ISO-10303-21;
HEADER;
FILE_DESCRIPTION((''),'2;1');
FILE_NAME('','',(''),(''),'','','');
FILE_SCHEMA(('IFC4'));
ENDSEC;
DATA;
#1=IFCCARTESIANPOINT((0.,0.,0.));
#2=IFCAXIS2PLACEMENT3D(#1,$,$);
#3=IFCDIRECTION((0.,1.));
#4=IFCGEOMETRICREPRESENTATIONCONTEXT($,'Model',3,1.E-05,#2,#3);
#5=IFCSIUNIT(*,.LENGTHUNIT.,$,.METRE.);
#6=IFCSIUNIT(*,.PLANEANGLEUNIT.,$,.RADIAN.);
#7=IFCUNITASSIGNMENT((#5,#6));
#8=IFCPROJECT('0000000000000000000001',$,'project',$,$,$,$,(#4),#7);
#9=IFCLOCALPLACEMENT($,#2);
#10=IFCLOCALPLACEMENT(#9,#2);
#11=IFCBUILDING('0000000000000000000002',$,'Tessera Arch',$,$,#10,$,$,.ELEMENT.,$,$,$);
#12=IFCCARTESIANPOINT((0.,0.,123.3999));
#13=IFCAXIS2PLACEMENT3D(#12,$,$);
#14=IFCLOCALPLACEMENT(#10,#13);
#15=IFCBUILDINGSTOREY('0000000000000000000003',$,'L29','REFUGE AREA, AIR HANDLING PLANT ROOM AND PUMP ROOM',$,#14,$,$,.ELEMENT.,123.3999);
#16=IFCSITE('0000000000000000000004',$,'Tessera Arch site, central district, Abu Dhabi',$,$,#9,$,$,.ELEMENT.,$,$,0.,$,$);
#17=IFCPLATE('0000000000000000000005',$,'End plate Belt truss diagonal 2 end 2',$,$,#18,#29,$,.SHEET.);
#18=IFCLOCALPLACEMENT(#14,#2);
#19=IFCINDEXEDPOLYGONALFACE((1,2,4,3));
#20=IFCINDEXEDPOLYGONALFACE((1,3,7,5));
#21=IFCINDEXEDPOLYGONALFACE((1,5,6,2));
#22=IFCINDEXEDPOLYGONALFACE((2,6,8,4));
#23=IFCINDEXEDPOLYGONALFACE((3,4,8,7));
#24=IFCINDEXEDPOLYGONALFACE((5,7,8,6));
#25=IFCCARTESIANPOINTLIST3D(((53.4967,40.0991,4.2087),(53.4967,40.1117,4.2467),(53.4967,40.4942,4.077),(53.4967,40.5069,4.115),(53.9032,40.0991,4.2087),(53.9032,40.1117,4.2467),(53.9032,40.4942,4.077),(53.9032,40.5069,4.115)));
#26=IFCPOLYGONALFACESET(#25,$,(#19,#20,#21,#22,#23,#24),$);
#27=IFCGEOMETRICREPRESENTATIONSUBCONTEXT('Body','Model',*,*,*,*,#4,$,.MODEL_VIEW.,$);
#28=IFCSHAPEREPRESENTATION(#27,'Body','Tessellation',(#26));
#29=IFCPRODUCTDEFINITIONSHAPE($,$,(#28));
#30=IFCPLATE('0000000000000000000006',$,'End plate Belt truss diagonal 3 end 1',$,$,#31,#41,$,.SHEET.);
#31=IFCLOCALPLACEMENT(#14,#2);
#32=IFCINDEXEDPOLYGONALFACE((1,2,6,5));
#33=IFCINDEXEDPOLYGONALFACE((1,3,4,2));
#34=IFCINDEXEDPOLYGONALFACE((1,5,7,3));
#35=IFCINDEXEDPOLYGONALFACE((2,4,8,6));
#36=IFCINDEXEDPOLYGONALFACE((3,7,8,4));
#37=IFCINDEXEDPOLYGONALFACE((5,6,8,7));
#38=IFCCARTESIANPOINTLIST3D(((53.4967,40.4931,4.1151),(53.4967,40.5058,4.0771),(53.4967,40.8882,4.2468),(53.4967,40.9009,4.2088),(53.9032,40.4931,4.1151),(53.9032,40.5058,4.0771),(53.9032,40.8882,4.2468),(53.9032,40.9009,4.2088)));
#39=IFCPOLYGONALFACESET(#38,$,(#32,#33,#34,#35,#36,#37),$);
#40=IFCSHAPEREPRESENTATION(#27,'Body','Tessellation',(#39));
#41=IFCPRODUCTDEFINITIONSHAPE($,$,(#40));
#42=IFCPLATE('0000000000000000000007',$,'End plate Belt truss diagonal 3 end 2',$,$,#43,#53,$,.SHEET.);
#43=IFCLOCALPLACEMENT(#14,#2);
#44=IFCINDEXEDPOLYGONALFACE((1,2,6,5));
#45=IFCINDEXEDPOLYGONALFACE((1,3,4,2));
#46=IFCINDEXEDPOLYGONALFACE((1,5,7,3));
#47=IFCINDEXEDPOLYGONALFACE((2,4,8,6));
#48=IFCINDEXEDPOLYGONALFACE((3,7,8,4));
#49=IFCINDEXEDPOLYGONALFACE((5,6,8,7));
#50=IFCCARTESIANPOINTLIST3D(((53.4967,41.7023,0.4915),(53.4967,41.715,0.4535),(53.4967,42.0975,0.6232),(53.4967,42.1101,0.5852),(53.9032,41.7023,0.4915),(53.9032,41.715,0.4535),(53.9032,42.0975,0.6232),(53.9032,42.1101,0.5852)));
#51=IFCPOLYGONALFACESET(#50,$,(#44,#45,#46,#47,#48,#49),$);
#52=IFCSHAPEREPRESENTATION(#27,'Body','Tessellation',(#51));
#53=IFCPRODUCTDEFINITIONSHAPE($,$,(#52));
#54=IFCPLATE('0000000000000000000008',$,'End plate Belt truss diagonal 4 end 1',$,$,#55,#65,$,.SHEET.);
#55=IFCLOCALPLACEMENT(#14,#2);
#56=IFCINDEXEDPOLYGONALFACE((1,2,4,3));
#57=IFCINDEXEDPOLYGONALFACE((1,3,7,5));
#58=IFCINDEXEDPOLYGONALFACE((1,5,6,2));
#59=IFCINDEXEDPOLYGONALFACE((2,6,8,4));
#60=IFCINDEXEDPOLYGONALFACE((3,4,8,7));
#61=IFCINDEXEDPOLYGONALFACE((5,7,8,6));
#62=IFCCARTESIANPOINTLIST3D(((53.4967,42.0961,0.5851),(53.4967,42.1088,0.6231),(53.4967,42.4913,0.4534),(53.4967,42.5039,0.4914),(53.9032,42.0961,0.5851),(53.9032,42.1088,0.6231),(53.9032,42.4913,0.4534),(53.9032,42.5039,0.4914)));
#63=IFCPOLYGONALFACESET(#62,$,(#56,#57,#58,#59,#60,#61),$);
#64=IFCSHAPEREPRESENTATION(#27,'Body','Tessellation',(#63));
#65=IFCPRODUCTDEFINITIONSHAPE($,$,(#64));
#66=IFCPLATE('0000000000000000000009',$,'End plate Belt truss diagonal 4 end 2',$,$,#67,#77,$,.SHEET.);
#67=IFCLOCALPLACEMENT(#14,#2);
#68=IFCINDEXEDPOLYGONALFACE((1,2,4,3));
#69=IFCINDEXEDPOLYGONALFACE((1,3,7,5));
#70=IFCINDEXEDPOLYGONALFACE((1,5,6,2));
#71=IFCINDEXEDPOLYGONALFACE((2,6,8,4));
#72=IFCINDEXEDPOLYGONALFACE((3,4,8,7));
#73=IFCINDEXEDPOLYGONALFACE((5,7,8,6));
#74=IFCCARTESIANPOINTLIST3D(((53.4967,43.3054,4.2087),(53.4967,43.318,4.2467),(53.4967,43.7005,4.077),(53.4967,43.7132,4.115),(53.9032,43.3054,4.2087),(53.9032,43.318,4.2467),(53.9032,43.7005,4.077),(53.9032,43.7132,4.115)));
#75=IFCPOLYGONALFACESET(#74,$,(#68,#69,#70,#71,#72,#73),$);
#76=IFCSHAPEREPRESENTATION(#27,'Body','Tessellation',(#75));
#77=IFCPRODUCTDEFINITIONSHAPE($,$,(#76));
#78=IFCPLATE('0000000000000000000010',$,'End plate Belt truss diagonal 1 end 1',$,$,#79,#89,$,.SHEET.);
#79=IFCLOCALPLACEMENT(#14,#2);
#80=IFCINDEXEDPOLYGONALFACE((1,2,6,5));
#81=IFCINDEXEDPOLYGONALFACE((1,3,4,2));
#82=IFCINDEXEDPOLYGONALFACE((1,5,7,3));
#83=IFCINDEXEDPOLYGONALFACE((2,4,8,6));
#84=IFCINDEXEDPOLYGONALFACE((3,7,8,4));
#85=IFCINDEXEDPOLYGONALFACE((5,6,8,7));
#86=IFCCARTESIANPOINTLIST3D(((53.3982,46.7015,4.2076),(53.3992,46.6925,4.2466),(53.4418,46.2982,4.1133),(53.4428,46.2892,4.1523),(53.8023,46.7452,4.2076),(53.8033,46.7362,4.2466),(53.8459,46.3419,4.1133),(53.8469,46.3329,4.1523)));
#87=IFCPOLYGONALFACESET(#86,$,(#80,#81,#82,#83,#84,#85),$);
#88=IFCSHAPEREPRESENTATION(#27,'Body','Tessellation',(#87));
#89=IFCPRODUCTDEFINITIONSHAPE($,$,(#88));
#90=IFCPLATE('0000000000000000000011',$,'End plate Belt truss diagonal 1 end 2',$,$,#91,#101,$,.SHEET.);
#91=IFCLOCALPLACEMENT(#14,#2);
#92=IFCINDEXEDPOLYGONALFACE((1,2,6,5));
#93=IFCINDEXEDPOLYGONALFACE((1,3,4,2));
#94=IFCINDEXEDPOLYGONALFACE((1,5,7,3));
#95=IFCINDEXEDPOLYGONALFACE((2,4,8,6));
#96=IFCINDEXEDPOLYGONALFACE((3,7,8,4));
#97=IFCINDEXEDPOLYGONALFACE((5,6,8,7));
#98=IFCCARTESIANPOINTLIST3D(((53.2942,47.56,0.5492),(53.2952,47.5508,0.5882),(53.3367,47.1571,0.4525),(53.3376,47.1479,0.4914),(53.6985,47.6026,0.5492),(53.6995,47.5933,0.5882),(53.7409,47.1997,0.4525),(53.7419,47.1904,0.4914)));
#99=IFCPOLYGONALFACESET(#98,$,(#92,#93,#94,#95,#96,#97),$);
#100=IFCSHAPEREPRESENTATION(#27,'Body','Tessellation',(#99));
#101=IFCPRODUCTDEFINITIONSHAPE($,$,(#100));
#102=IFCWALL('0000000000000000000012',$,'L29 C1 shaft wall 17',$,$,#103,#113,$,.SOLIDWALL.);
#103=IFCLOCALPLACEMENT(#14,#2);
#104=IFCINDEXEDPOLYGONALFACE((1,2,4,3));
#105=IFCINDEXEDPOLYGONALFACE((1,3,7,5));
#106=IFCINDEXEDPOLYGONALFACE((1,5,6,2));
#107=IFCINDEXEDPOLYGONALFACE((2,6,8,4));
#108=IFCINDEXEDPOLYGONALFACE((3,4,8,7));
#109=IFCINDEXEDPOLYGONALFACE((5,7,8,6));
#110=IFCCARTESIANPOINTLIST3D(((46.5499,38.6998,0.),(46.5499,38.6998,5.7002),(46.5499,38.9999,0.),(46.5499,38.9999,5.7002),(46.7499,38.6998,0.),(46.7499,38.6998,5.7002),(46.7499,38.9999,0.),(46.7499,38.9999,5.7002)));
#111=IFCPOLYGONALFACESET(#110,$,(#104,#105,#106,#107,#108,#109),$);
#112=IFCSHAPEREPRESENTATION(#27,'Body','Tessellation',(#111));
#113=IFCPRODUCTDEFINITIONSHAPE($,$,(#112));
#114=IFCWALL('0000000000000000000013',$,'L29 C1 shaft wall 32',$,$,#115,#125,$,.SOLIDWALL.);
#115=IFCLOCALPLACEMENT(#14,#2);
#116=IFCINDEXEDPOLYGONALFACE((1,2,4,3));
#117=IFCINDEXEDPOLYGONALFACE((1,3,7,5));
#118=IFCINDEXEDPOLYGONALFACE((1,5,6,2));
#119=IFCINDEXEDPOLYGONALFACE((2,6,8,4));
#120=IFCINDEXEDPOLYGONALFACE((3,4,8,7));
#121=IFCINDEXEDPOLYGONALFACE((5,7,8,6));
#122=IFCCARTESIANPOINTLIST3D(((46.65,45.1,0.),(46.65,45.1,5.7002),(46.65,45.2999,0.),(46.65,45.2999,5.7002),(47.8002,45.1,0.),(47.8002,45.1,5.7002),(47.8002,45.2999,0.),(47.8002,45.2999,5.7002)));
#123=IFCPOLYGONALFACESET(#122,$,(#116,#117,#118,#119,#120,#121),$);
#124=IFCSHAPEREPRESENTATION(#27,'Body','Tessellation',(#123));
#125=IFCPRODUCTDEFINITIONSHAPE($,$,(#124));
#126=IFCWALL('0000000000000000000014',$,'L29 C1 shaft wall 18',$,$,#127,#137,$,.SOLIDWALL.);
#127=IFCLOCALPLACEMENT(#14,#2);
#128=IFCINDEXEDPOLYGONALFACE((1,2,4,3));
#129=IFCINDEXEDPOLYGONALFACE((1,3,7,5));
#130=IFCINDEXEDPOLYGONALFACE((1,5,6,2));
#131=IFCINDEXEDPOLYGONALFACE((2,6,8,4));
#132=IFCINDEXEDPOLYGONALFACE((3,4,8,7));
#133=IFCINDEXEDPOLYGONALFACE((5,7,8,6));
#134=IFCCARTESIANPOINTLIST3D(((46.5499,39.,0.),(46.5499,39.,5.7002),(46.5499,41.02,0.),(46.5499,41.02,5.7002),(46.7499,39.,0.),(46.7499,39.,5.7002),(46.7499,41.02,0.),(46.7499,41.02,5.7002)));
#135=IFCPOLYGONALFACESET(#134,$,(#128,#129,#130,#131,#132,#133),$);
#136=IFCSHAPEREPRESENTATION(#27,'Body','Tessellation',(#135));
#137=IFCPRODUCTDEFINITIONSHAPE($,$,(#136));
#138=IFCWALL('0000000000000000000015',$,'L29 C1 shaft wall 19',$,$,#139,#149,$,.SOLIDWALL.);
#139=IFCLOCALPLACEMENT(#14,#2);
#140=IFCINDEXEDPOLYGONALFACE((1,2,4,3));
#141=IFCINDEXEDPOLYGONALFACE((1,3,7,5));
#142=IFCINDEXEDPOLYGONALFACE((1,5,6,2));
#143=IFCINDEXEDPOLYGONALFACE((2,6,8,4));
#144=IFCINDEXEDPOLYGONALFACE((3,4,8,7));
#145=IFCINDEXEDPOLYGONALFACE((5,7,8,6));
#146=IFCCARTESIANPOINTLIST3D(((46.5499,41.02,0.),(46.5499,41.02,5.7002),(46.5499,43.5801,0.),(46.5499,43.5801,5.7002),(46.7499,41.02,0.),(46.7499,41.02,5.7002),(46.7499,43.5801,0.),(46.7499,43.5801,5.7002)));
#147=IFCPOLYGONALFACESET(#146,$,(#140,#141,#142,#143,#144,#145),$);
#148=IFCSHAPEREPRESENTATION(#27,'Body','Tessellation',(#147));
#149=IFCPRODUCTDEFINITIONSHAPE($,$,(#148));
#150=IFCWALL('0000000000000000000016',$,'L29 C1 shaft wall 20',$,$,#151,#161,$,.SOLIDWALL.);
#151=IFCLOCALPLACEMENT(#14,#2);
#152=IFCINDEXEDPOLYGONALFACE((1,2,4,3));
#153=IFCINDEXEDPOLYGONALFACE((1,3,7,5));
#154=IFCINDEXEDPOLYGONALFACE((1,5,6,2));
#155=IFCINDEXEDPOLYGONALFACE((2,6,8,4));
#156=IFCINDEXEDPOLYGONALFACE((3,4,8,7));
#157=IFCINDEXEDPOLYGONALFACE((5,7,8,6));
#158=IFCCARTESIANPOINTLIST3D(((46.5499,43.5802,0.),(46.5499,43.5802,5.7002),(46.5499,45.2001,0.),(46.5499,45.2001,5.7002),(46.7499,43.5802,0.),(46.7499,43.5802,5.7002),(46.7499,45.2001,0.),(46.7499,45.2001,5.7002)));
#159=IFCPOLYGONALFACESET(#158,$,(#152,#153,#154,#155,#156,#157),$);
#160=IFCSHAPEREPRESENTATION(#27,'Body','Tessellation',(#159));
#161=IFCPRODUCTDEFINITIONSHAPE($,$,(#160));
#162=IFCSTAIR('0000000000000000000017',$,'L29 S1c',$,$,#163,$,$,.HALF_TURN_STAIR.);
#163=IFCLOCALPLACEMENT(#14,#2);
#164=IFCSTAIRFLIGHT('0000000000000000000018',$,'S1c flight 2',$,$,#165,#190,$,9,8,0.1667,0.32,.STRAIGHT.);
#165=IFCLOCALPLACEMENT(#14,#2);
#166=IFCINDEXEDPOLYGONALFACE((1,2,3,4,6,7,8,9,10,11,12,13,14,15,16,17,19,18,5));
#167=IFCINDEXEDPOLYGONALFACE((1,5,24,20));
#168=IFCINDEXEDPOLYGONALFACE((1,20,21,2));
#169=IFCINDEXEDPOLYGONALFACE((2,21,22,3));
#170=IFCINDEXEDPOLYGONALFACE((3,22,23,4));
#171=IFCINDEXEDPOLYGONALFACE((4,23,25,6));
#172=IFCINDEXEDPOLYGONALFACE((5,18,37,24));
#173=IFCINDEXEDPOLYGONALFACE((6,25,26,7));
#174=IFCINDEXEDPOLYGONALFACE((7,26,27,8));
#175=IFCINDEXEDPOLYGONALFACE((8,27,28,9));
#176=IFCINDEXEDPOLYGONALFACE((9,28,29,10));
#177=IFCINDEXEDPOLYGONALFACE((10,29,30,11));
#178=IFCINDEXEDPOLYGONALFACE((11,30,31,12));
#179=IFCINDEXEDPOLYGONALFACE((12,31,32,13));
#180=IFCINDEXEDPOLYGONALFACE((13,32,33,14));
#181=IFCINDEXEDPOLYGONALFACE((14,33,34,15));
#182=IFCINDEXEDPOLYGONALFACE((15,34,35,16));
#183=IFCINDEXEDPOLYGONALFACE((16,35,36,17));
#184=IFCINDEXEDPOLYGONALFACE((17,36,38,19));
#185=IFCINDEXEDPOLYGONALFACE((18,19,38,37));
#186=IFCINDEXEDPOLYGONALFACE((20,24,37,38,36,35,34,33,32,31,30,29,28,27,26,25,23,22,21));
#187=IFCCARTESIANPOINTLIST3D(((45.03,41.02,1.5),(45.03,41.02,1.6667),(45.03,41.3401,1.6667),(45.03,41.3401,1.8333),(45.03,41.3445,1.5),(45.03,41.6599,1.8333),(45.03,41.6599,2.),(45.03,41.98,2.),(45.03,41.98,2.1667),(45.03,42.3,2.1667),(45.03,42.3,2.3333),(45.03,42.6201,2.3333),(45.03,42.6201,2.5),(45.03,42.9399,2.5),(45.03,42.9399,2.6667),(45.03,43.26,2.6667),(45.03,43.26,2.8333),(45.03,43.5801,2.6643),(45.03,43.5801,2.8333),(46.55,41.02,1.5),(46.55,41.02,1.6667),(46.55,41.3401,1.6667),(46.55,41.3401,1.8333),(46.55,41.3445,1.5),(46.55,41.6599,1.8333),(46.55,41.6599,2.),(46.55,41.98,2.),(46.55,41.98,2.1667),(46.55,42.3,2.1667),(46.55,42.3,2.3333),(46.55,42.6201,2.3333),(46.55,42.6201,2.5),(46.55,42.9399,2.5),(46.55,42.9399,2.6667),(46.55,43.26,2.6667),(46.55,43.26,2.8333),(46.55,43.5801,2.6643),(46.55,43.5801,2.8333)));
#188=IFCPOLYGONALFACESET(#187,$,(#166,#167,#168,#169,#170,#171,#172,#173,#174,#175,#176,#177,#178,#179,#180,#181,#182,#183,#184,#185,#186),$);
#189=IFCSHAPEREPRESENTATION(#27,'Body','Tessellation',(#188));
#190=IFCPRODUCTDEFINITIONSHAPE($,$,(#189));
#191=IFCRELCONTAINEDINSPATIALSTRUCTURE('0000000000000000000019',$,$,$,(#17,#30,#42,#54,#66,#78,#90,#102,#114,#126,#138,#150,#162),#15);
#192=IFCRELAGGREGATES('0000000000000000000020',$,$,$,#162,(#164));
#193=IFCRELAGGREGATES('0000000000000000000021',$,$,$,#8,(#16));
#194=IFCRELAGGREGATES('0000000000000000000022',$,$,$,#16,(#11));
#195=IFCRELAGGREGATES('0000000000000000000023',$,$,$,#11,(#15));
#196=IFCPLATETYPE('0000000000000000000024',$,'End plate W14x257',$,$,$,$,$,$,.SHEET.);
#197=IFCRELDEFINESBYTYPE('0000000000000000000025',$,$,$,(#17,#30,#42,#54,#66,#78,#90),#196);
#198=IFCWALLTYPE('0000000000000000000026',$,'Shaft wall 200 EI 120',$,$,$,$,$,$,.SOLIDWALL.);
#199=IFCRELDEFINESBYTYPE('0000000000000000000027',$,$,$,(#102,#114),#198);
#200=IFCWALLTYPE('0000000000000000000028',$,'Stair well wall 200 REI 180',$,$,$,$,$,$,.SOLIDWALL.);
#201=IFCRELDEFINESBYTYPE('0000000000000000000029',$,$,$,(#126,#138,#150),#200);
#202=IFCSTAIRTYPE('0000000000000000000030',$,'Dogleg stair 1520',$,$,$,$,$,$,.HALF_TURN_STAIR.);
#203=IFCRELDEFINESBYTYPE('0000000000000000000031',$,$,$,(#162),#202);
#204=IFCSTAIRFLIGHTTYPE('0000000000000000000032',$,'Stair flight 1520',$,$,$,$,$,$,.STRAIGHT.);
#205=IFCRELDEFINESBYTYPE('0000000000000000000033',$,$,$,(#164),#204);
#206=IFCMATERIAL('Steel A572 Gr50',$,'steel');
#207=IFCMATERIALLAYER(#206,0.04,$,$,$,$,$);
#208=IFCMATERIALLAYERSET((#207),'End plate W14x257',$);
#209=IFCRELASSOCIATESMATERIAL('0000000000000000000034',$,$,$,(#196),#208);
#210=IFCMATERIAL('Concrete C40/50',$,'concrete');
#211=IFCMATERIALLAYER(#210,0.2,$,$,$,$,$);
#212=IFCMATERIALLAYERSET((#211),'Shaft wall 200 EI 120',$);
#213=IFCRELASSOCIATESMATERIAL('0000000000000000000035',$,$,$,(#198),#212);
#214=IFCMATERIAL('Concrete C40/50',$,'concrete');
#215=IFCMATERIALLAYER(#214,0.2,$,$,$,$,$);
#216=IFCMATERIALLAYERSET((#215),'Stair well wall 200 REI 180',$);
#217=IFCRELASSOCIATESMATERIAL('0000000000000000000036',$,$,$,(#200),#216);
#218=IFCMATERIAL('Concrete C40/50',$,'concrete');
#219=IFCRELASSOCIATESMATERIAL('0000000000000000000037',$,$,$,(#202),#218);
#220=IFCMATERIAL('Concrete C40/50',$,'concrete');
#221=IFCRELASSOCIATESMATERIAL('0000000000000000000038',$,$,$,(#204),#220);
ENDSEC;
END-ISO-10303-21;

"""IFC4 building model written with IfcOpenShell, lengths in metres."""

from ifc_helpers import new_model, si_unit, direction, frame, frame_2d, origin, origin_2d, place, context, subcontext, project, spatial, polyline, rectangle, outline, extrude, material, layer, layer_set, type_object, element, aggregate, save


model = new_model("IFC4")

# Units and contexts
model_context = context("Model", 3, precision=1e-05, world=origin(), true_north=direction((0.0, 1.0)))
body_context = subcontext(model_context, "Body", "Model", "MODEL_VIEW")
ifc_project = project(units=[si_unit("LENGTHUNIT", "METRE"), si_unit("PLANEANGLEUNIT", "RADIAN")], contexts=[model_context])

# Site, building, storey
site_placement = place(None, origin())
site = spatial("IfcSite", under=ifc_project, at=site_placement, Name="Tessera Arch site, central district, Abu Dhabi", CompositionType="ELEMENT", RefElevation=0.0)
building_placement = place(site_placement, origin())
building = spatial("IfcBuilding", under=site, at=building_placement, Name="Tessera Arch", CompositionType="ELEMENT")
storey_placement = place(building_placement, frame((0.0, 0.0, 123.3999)))
storey = spatial("IfcBuildingStorey", under=building, at=storey_placement, Name="L29", Description="REFUGE AREA, AIR HANDLING PLANT ROOM AND PUMP ROOM", CompositionType="ELEMENT", Elevation=123.3999)

# Plates
ifc_material_1 = material(Name="Steel A572 Gr50", Category="steel")
ifc_layer_1 = layer(ifc_material_1, 0.04)
ifc_layer_set_1 = layer_set([ifc_layer_1], Name="End plate W14x257")
plate_type_1 = type_object("IfcPlateType", Name="End plate W14x257", PredefinedType="SHEET", material=ifc_layer_set_1)
for number, where, z_axis, x_axis, name in (
    (1, (53.7, 40.2966, 4.1428), (0.0, 0.316228, 0.948683), (-1.0, 0.0, 0.0), "End plate Belt truss diagonal 2 end 2"),
    (2, (53.7, 40.6907, 4.1809), (0.0, 0.316228, -0.948683), (-1.0, 0.0, 0.0), "End plate Belt truss diagonal 3 end 1"),
    (3, (53.7, 41.8999, 0.5574), (0.0, 0.316228, -0.948683), (-1.0, 0.0, 0.0), "End plate Belt truss diagonal 3 end 2"),
    (4, (53.7, 42.2937, 0.5193), (0.0, 0.316228, 0.948683), (-1.0, 0.0, 0.0), "End plate Belt truss diagonal 4 end 1"),
    (5, (53.7, 43.5029, 4.1428), (0.0, 0.316228, 0.948683), (-1.0, 0.0, 0.0), "End plate Belt truss diagonal 4 end 2"),
    (6, (53.623, 46.5127, 4.1995), (-0.02435, 0.225237, -0.974), (-0.994207, -0.107482, 0.0), "End plate Belt truss diagonal 1 end 1"),
    (7, (53.5186, 47.3706, 0.5398), (-0.024316, 0.231004, -0.972649), (-0.994505, -0.104685, 0.0), "End plate Belt truss diagonal 1 end 2"),
):
    element("IfcPlate", number, at=place(storey_placement, frame(where, z_axis=z_axis, x_axis=x_axis)), inside=storey, type_object=plate_type_1, Name=name, PredefinedType="SHEET", context=body_context, shape_type="SweptSolid", body=[
        extrude(rectangle(XDim=0.4065, YDim=0.4165, at=origin_2d()), origin(), (0.0, 0.0, 1.0), 0.04),
    ])

# Walls
ifc_material_2 = material(Name="Concrete C40/50", Category="concrete")
ifc_layer_2 = layer(ifc_material_2, 0.2)
ifc_layer_set_2 = layer_set([ifc_layer_2], Name="Shaft wall 200 EI 120")
wall_type_1 = type_object("IfcWallType", Name="Shaft wall 200 EI 120", PredefinedType="SOLIDWALL", material=ifc_layer_set_2)
wall_1_placement = place(storey_placement, frame((46.6499, 38.7, 0.0), z_axis=(0.0, 0.0, 1.0), x_axis=(0.0, 1.0, 0.0)))
element("IfcWall", 8, at=wall_1_placement, inside=storey, type_object=wall_type_1, Name="L29 C1 shaft wall 17", PredefinedType="SOLIDWALL", context=body_context, shape_type="SweptSolid", body=[
    extrude(rectangle(XDim=0.3, YDim=0.2, at=frame_2d((0.1499, 0.0))), origin(), (0.0, 0.0, 1.0), 5.7002),
])
wall_2_placement = place(storey_placement, frame((46.6499, 45.2, 0.0), z_axis=(0.0, 0.0, 1.0), x_axis=(1.0, 0.0, 0.0)))
element("IfcWall", 9, at=wall_2_placement, inside=storey, type_object=wall_type_1, Name="L29 C1 shaft wall 32", PredefinedType="SOLIDWALL", context=body_context, shape_type="SweptSolid", body=[
    extrude(rectangle(XDim=1.1501, YDim=0.2, at=frame_2d((0.5752, 0.0))), origin(), (0.0, 0.0, 1.0), 5.7002),
])
ifc_material_3 = material(Name="Concrete C40/50", Category="concrete")
ifc_layer_3 = layer(ifc_material_3, 0.2)
ifc_layer_set_3 = layer_set([ifc_layer_3], Name="Stair well wall 200 REI 180")
wall_type_2 = type_object("IfcWallType", Name="Stair well wall 200 REI 180", PredefinedType="SOLIDWALL", material=ifc_layer_set_3)
wall_3_placement = place(storey_placement, frame((46.6499, 39.0, 0.0), z_axis=(0.0, 0.0, 1.0), x_axis=(0.0, 1.0, 0.0)))
element("IfcWall", 10, at=wall_3_placement, inside=storey, type_object=wall_type_2, Name="L29 C1 shaft wall 18", PredefinedType="SOLIDWALL", context=body_context, shape_type="SweptSolid", body=[
    extrude(rectangle(XDim=2.02, YDim=0.2, at=frame_2d((1.01, 0.0))), origin(), (0.0, 0.0, 1.0), 5.7002),
])
wall_4_placement = place(storey_placement, frame((46.6499, 41.02, 0.0), z_axis=(0.0, 0.0, 1.0), x_axis=(0.0, 1.0, 0.0)))
element("IfcWall", 11, at=wall_4_placement, inside=storey, type_object=wall_type_2, Name="L29 C1 shaft wall 19", PredefinedType="SOLIDWALL", context=body_context, shape_type="SweptSolid", body=[
    extrude(rectangle(XDim=2.5601, YDim=0.2, at=frame_2d((1.28, 0.0))), origin(), (0.0, 0.0, 1.0), 5.7002),
])
wall_5_placement = place(storey_placement, frame((46.6499, 43.5801, 0.0), z_axis=(0.0, 0.0, 1.0), x_axis=(0.0, 1.0, 0.0)))
element("IfcWall", 12, at=wall_5_placement, inside=storey, type_object=wall_type_2, Name="L29 C1 shaft wall 20", PredefinedType="SOLIDWALL", context=body_context, shape_type="SweptSolid", body=[
    extrude(rectangle(XDim=1.6199, YDim=0.2, at=frame_2d((0.8101, 0.0))), origin(), (0.0, 0.0, 1.0), 5.7002),
])

# Stair, stair flight
ifc_material_4 = material(Name="Concrete C40/50", Category="concrete")
stair_type = type_object("IfcStairType", Name="Dogleg stair 1520", PredefinedType="HALF_TURN_STAIR", material=ifc_material_4)
stair_placement = place(storey_placement, origin())
stair = element("IfcStair", 13, at=stair_placement, inside=storey, type_object=stair_type, Name="L29 S1c", PredefinedType="HALF_TURN_STAIR")
ifc_material_5 = material(Name="Concrete C40/50", Category="concrete")
stair_flight_type = type_object("IfcStairFlightType", Name="Stair flight 1520", PredefinedType="STRAIGHT", material=ifc_material_5)
stair_flight_1_placement = place(storey_placement, frame((45.79, 41.02, 1.5), z_axis=(0.0, 0.0, 1.0), x_axis=(0.0, 1.0, 0.0)))
stair_flight_1 = element("IfcStairFlight", 14, at=stair_flight_1_placement, type_object=stair_flight_type, Name="S1c flight 2", NumberOfRisers=9, NumberOfTreads=8, PredefinedType="STRAIGHT", RiserHeight=0.1667, TreadLength=0.32, context=body_context, shape_type="SweptSolid", body=[
    extrude(outline(polyline([(0.0, 0.0), (0.0, 0.1667), (0.3201, 0.1667), (0.3201, 0.3333), (0.6399, 0.3333), (0.6399, 0.5), (0.96, 0.5), (0.96, 0.6667), (1.28, 0.6667), (1.28, 0.8333), (1.6001, 0.8333), (1.6001, 1.0), (1.9199, 1.0), (1.9199, 1.1667), (2.24, 1.1667), (2.24, 1.3333), (2.5601, 1.3333), (2.5601, 1.5), (2.5601, 1.1643), (0.3245, 0.0), (0.0, 0.0)])), frame((0.0, 0.76, 0.0), z_axis=(0.0, -1.0, 0.0), x_axis=(1.0, 0.0, 0.0)), (0.0, 0.0, 1.0), 1.52),
])
aggregate(stair, [stair_flight_1])

save(model, "model.ifc")
